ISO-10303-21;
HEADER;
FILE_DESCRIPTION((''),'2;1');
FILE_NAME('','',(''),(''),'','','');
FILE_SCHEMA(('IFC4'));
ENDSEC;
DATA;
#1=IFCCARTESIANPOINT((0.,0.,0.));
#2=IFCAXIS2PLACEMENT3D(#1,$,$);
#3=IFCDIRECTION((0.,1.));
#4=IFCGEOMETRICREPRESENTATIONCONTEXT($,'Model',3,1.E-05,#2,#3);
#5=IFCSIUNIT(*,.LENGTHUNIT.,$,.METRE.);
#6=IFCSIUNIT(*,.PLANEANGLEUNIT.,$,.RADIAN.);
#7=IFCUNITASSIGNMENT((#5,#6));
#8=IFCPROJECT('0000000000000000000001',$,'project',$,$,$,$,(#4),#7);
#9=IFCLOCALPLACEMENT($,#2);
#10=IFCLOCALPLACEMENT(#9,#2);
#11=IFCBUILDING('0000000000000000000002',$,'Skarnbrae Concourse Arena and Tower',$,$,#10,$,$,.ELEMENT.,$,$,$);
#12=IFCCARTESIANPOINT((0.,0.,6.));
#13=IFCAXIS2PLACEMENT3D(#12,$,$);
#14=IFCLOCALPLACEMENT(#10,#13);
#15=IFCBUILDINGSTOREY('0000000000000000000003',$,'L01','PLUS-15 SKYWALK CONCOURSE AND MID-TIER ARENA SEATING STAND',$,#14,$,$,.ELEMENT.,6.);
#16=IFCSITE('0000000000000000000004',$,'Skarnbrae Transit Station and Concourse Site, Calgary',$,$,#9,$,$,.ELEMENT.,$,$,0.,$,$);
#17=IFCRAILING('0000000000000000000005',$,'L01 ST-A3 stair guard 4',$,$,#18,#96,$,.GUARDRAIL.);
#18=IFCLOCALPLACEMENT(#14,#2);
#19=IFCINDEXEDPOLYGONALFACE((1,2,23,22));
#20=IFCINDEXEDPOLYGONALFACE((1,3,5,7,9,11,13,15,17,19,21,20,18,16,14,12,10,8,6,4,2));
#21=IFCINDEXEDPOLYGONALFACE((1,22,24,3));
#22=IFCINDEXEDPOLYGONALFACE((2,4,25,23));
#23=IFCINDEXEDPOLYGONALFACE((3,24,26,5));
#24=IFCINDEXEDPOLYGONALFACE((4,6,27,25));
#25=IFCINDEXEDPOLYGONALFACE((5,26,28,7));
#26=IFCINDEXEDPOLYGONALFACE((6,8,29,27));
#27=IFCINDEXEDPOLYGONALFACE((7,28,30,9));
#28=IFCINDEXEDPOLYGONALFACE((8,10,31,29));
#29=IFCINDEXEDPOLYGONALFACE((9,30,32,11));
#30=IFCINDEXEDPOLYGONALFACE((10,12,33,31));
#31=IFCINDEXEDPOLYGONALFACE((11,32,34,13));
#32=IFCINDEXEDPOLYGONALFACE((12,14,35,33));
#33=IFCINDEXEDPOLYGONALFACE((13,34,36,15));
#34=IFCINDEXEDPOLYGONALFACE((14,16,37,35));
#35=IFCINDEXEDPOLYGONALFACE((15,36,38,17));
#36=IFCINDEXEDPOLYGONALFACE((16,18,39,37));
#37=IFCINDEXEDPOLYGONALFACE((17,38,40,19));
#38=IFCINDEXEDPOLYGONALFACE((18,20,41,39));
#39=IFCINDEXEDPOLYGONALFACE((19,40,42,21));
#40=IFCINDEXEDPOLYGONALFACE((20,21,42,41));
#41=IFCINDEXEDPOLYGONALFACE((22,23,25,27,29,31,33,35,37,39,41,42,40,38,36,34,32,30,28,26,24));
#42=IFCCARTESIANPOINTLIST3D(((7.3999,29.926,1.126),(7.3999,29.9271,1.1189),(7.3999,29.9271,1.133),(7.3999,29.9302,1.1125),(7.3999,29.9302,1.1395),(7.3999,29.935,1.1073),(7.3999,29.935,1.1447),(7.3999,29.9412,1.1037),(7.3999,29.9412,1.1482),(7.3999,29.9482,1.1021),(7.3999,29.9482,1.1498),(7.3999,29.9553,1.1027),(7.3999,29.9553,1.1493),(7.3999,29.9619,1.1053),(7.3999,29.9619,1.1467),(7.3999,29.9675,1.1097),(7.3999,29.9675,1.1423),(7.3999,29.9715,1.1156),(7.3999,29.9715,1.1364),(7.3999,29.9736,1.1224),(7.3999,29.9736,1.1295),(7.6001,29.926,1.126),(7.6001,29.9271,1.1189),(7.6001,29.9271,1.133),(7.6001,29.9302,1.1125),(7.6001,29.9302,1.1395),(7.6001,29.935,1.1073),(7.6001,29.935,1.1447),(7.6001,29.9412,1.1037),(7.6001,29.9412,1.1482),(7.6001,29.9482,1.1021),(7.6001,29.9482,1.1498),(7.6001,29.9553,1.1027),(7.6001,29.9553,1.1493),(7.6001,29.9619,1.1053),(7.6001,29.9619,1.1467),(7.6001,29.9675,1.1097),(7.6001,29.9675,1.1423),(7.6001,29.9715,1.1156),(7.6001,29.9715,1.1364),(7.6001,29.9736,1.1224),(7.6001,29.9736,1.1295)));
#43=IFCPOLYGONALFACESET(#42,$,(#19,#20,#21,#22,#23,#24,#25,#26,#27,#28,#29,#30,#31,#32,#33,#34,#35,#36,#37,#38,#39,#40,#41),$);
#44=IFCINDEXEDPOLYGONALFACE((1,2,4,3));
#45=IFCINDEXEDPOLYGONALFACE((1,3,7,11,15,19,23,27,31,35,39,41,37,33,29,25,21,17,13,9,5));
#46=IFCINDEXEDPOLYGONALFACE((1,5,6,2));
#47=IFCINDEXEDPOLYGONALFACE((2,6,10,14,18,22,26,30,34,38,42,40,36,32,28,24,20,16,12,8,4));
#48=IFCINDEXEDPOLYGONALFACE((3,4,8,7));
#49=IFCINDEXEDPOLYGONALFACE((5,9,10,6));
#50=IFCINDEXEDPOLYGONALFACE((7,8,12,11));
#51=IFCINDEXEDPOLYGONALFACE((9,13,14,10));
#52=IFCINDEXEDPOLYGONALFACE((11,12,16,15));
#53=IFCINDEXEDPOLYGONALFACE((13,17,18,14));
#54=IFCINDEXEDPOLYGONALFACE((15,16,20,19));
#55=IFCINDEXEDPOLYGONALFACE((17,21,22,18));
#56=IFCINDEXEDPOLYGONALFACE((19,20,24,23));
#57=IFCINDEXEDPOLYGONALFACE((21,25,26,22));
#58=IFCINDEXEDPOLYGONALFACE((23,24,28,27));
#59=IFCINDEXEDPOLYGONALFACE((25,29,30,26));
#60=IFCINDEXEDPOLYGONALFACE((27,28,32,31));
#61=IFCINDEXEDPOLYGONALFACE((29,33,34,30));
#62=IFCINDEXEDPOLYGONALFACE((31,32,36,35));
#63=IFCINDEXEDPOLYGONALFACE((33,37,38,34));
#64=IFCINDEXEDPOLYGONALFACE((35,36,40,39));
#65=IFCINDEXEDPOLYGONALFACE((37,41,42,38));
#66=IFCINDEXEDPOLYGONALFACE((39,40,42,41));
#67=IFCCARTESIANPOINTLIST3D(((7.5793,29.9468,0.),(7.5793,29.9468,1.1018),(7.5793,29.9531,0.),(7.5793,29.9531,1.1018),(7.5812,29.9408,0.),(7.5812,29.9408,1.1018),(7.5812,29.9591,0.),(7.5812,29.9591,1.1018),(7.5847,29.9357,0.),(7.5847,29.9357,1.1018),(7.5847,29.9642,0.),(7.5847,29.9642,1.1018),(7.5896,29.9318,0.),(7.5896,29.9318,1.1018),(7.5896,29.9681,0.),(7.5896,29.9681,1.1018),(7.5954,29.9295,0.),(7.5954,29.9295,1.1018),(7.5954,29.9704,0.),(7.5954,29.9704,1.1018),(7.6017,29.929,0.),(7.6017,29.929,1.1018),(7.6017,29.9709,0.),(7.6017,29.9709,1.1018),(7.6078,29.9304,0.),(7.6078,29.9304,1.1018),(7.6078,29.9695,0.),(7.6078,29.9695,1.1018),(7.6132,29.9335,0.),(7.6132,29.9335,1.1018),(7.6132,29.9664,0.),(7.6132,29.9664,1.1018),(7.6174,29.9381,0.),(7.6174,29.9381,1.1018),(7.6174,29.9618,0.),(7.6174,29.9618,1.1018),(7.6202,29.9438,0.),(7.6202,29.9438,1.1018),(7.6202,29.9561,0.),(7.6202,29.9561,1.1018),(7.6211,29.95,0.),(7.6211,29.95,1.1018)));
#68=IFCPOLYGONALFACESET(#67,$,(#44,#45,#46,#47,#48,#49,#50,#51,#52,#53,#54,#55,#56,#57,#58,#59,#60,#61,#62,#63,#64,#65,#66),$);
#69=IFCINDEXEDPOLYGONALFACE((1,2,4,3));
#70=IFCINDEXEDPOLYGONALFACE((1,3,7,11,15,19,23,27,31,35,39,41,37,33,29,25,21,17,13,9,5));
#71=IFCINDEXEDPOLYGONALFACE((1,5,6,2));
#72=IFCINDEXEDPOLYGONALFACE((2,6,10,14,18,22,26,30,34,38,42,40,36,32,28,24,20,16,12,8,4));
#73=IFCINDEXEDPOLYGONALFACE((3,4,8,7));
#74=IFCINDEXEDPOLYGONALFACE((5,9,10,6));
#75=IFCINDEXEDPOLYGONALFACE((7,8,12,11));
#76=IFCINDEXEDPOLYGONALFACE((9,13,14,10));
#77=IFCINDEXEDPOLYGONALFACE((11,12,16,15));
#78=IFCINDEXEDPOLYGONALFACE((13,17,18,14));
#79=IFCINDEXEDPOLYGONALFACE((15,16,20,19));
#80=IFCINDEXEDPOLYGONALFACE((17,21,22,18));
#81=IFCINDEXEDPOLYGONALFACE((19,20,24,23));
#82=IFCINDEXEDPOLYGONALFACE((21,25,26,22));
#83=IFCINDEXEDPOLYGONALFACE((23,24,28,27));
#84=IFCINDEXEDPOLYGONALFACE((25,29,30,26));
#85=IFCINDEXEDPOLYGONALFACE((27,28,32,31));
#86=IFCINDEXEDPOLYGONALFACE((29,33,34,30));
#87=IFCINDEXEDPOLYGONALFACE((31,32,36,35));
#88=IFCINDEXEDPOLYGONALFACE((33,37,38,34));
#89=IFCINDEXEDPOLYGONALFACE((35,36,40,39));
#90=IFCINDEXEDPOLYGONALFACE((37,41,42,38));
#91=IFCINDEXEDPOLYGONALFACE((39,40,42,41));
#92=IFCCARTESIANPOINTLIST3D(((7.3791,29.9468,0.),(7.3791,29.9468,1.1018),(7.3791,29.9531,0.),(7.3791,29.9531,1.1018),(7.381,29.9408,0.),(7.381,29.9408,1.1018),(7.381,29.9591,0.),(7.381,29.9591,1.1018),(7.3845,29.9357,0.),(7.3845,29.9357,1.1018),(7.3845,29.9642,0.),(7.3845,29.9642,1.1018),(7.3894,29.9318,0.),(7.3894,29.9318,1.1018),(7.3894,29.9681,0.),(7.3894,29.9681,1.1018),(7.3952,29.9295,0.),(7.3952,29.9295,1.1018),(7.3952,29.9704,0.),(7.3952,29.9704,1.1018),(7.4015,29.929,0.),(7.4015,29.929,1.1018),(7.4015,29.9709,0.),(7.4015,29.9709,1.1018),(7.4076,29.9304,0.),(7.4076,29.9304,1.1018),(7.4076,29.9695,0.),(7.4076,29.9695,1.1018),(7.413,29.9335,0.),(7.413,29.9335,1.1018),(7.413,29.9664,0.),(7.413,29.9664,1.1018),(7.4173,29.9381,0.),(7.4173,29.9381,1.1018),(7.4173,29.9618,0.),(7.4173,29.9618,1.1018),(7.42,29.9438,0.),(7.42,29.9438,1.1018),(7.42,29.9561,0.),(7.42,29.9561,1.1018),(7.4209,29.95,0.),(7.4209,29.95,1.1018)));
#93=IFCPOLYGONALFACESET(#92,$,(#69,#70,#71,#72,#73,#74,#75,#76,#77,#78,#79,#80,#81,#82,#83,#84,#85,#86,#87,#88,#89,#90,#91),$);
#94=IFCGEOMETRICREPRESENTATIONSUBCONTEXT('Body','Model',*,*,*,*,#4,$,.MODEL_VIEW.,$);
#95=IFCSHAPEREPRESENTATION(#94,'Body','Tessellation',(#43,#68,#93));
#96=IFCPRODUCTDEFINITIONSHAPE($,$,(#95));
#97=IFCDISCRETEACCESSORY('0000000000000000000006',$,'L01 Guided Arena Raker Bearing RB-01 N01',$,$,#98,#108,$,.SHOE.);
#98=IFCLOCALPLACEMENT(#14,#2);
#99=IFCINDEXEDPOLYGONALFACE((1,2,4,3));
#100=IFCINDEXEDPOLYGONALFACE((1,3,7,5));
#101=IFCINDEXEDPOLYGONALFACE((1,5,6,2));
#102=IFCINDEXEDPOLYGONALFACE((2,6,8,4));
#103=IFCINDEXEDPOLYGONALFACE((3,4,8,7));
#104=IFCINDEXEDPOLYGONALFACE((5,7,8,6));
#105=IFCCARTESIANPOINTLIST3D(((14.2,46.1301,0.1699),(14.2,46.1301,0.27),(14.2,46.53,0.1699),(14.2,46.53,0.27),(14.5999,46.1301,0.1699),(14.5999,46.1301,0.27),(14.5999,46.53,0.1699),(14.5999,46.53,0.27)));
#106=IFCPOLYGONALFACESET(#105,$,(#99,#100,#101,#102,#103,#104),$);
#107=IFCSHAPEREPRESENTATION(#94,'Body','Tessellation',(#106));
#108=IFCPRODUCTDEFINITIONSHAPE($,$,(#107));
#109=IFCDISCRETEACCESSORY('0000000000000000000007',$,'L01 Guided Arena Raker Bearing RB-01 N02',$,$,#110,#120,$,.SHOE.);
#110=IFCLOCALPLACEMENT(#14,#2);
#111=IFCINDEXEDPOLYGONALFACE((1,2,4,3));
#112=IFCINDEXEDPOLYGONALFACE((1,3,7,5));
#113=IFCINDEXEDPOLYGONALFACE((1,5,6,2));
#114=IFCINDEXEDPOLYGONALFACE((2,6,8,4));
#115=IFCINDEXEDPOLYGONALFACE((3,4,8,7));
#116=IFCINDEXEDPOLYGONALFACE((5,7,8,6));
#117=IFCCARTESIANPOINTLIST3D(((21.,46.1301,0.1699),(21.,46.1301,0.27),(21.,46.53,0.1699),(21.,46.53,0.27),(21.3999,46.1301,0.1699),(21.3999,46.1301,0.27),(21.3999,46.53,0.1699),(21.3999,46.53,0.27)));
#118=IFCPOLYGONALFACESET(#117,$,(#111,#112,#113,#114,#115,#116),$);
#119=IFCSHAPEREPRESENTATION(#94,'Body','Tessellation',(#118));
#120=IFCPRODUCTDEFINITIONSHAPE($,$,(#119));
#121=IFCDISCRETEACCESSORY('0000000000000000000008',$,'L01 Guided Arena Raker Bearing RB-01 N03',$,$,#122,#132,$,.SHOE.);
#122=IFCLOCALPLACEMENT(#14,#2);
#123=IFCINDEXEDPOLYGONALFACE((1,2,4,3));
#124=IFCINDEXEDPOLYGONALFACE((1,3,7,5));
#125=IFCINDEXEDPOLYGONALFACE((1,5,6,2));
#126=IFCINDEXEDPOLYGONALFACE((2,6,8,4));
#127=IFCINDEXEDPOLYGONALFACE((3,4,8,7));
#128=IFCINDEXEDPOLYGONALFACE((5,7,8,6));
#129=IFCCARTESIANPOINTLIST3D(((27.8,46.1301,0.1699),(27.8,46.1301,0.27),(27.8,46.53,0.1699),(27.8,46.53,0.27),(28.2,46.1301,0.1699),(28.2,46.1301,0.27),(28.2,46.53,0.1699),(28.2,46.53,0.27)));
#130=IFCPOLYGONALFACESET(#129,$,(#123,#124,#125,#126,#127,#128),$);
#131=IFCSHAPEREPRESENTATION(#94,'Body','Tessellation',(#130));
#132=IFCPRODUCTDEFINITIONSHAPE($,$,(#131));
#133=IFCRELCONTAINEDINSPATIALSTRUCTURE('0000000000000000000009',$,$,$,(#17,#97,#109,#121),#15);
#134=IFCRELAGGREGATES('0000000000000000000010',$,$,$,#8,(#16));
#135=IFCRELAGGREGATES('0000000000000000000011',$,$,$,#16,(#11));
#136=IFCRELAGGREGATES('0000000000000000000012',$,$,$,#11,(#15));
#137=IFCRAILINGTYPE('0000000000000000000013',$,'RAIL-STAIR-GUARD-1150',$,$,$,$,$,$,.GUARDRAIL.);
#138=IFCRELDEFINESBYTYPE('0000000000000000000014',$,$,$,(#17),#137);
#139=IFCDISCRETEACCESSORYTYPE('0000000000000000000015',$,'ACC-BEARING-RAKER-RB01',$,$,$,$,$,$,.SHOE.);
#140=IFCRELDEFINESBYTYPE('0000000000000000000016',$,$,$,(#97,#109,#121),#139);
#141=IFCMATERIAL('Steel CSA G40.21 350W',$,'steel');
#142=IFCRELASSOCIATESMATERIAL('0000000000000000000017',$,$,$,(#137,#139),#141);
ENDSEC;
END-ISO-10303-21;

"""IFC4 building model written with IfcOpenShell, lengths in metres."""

from ifc_helpers import new_model, si_unit, direction, frame, origin, origin_2d, place, context, subcontext, project, spatial, rectangle, circle, extrude, source, transform, mapped, material, type_object, element, save


model = new_model("IFC4")

# Units and contexts
model_context = context("Model", 3, precision=1e-05, world=origin(), true_north=direction((0.0, 1.0)))
body_context = subcontext(model_context, "Body", "Model", "MODEL_VIEW")
ifc_project = project(units=[si_unit("LENGTHUNIT", "METRE"), si_unit("PLANEANGLEUNIT", "RADIAN")], contexts=[model_context])

# Site, building, storey
site_placement = place(None, origin())
site = spatial("IfcSite", under=ifc_project, at=site_placement, Name="Skarnbrae Transit Station and Concourse Site, Calgary", CompositionType="ELEMENT", RefElevation=0.0)
building_placement = place(site_placement, origin())
building = spatial("IfcBuilding", under=site, at=building_placement, Name="Skarnbrae Concourse Arena and Tower", CompositionType="ELEMENT")
storey_placement = place(building_placement, frame((0.0, 0.0, 6.0)))
storey = spatial("IfcBuildingStorey", under=building, at=storey_placement, Name="L01", Description="PLUS-15 SKYWALK CONCOURSE AND MID-TIER ARENA SEATING STAND", CompositionType="ELEMENT", Elevation=6.0)

# Shared definitions
ifc_material_1 = material(Name="Steel CSA G40.21 350W", Category="steel")

# Railing
railing_type_1 = type_object("IfcRailingType", Name="RAIL-STAIR-GUARD-1150", PredefinedType="GUARDRAIL", material=ifc_material_1)
railing_1_placement = place(storey_placement, frame((7.6001, 29.95, 0.0)))
element("IfcRailing", 1, at=railing_1_placement, inside=storey, type_object=railing_type_1, Name="L01 ST-A3 stair guard 4", PredefinedType="GUARDRAIL", context=body_context, shape_type="SweptSolid", body=[
    extrude(circle(Radius=0.0239, at=origin_2d()), frame((0.0, 0.0, 1.126), z_axis=(-1.0, 0.0, 0.0), x_axis=(0.0, -1.0, 0.0)), (0.0, 0.0, 1.0), 0.2002),
    extrude(circle(Radius=0.021, at=origin_2d()), origin(), (0.0, 0.0, 1.0), 1.1018),
    extrude(circle(Radius=0.021, at=origin_2d()), frame((-0.2002, 0.0, 0.0)), (0.0, 0.0, 1.0), 1.1018),
])

# Discrete accessories
discrete_accessory_type = type_object("IfcDiscreteAccessoryType", Name="ACC-BEARING-RAKER-RB01", PredefinedType="SHOE", material=ifc_material_1)
shared_shape_1 = source(origin(), body_context, "Body", "SweptSolid", [
    extrude(rectangle(XDim=0.3999, YDim=0.3999, at=origin_2d()), origin(), (0.0, 0.0, 1.0), 0.1001),
])
for number, where, z_axis, x_axis, name in (
    (2, (14.3999, 46.3301, 0.1699), (0.0, 0.0, 1.0), (1.0, 0.0, 0.0), "L01 Guided Arena Raker Bearing RB-01 N01"),
    (3, (21.2, 46.3301, 0.1699), (0.0, 0.0, 1.0), (1.0, 0.0, 0.0), "L01 Guided Arena Raker Bearing RB-01 N02"),
    (4, (28.0, 46.3301, 0.1699), (0.0, 0.0, 1.0), (1.0, 0.0, 0.0), "L01 Guided Arena Raker Bearing RB-01 N03"),
):
    element("IfcDiscreteAccessory", number, at=place(storey_placement, frame(where, z_axis=z_axis, x_axis=x_axis)), inside=storey, type_object=discrete_accessory_type, Name=name, PredefinedType="SHOE", context=body_context, shape_type="MappedRepresentation", body=[
        mapped(shared_shape_1, transform((0.0, 0.0, 0.0))),
    ])

save(model, "model.ifc")
